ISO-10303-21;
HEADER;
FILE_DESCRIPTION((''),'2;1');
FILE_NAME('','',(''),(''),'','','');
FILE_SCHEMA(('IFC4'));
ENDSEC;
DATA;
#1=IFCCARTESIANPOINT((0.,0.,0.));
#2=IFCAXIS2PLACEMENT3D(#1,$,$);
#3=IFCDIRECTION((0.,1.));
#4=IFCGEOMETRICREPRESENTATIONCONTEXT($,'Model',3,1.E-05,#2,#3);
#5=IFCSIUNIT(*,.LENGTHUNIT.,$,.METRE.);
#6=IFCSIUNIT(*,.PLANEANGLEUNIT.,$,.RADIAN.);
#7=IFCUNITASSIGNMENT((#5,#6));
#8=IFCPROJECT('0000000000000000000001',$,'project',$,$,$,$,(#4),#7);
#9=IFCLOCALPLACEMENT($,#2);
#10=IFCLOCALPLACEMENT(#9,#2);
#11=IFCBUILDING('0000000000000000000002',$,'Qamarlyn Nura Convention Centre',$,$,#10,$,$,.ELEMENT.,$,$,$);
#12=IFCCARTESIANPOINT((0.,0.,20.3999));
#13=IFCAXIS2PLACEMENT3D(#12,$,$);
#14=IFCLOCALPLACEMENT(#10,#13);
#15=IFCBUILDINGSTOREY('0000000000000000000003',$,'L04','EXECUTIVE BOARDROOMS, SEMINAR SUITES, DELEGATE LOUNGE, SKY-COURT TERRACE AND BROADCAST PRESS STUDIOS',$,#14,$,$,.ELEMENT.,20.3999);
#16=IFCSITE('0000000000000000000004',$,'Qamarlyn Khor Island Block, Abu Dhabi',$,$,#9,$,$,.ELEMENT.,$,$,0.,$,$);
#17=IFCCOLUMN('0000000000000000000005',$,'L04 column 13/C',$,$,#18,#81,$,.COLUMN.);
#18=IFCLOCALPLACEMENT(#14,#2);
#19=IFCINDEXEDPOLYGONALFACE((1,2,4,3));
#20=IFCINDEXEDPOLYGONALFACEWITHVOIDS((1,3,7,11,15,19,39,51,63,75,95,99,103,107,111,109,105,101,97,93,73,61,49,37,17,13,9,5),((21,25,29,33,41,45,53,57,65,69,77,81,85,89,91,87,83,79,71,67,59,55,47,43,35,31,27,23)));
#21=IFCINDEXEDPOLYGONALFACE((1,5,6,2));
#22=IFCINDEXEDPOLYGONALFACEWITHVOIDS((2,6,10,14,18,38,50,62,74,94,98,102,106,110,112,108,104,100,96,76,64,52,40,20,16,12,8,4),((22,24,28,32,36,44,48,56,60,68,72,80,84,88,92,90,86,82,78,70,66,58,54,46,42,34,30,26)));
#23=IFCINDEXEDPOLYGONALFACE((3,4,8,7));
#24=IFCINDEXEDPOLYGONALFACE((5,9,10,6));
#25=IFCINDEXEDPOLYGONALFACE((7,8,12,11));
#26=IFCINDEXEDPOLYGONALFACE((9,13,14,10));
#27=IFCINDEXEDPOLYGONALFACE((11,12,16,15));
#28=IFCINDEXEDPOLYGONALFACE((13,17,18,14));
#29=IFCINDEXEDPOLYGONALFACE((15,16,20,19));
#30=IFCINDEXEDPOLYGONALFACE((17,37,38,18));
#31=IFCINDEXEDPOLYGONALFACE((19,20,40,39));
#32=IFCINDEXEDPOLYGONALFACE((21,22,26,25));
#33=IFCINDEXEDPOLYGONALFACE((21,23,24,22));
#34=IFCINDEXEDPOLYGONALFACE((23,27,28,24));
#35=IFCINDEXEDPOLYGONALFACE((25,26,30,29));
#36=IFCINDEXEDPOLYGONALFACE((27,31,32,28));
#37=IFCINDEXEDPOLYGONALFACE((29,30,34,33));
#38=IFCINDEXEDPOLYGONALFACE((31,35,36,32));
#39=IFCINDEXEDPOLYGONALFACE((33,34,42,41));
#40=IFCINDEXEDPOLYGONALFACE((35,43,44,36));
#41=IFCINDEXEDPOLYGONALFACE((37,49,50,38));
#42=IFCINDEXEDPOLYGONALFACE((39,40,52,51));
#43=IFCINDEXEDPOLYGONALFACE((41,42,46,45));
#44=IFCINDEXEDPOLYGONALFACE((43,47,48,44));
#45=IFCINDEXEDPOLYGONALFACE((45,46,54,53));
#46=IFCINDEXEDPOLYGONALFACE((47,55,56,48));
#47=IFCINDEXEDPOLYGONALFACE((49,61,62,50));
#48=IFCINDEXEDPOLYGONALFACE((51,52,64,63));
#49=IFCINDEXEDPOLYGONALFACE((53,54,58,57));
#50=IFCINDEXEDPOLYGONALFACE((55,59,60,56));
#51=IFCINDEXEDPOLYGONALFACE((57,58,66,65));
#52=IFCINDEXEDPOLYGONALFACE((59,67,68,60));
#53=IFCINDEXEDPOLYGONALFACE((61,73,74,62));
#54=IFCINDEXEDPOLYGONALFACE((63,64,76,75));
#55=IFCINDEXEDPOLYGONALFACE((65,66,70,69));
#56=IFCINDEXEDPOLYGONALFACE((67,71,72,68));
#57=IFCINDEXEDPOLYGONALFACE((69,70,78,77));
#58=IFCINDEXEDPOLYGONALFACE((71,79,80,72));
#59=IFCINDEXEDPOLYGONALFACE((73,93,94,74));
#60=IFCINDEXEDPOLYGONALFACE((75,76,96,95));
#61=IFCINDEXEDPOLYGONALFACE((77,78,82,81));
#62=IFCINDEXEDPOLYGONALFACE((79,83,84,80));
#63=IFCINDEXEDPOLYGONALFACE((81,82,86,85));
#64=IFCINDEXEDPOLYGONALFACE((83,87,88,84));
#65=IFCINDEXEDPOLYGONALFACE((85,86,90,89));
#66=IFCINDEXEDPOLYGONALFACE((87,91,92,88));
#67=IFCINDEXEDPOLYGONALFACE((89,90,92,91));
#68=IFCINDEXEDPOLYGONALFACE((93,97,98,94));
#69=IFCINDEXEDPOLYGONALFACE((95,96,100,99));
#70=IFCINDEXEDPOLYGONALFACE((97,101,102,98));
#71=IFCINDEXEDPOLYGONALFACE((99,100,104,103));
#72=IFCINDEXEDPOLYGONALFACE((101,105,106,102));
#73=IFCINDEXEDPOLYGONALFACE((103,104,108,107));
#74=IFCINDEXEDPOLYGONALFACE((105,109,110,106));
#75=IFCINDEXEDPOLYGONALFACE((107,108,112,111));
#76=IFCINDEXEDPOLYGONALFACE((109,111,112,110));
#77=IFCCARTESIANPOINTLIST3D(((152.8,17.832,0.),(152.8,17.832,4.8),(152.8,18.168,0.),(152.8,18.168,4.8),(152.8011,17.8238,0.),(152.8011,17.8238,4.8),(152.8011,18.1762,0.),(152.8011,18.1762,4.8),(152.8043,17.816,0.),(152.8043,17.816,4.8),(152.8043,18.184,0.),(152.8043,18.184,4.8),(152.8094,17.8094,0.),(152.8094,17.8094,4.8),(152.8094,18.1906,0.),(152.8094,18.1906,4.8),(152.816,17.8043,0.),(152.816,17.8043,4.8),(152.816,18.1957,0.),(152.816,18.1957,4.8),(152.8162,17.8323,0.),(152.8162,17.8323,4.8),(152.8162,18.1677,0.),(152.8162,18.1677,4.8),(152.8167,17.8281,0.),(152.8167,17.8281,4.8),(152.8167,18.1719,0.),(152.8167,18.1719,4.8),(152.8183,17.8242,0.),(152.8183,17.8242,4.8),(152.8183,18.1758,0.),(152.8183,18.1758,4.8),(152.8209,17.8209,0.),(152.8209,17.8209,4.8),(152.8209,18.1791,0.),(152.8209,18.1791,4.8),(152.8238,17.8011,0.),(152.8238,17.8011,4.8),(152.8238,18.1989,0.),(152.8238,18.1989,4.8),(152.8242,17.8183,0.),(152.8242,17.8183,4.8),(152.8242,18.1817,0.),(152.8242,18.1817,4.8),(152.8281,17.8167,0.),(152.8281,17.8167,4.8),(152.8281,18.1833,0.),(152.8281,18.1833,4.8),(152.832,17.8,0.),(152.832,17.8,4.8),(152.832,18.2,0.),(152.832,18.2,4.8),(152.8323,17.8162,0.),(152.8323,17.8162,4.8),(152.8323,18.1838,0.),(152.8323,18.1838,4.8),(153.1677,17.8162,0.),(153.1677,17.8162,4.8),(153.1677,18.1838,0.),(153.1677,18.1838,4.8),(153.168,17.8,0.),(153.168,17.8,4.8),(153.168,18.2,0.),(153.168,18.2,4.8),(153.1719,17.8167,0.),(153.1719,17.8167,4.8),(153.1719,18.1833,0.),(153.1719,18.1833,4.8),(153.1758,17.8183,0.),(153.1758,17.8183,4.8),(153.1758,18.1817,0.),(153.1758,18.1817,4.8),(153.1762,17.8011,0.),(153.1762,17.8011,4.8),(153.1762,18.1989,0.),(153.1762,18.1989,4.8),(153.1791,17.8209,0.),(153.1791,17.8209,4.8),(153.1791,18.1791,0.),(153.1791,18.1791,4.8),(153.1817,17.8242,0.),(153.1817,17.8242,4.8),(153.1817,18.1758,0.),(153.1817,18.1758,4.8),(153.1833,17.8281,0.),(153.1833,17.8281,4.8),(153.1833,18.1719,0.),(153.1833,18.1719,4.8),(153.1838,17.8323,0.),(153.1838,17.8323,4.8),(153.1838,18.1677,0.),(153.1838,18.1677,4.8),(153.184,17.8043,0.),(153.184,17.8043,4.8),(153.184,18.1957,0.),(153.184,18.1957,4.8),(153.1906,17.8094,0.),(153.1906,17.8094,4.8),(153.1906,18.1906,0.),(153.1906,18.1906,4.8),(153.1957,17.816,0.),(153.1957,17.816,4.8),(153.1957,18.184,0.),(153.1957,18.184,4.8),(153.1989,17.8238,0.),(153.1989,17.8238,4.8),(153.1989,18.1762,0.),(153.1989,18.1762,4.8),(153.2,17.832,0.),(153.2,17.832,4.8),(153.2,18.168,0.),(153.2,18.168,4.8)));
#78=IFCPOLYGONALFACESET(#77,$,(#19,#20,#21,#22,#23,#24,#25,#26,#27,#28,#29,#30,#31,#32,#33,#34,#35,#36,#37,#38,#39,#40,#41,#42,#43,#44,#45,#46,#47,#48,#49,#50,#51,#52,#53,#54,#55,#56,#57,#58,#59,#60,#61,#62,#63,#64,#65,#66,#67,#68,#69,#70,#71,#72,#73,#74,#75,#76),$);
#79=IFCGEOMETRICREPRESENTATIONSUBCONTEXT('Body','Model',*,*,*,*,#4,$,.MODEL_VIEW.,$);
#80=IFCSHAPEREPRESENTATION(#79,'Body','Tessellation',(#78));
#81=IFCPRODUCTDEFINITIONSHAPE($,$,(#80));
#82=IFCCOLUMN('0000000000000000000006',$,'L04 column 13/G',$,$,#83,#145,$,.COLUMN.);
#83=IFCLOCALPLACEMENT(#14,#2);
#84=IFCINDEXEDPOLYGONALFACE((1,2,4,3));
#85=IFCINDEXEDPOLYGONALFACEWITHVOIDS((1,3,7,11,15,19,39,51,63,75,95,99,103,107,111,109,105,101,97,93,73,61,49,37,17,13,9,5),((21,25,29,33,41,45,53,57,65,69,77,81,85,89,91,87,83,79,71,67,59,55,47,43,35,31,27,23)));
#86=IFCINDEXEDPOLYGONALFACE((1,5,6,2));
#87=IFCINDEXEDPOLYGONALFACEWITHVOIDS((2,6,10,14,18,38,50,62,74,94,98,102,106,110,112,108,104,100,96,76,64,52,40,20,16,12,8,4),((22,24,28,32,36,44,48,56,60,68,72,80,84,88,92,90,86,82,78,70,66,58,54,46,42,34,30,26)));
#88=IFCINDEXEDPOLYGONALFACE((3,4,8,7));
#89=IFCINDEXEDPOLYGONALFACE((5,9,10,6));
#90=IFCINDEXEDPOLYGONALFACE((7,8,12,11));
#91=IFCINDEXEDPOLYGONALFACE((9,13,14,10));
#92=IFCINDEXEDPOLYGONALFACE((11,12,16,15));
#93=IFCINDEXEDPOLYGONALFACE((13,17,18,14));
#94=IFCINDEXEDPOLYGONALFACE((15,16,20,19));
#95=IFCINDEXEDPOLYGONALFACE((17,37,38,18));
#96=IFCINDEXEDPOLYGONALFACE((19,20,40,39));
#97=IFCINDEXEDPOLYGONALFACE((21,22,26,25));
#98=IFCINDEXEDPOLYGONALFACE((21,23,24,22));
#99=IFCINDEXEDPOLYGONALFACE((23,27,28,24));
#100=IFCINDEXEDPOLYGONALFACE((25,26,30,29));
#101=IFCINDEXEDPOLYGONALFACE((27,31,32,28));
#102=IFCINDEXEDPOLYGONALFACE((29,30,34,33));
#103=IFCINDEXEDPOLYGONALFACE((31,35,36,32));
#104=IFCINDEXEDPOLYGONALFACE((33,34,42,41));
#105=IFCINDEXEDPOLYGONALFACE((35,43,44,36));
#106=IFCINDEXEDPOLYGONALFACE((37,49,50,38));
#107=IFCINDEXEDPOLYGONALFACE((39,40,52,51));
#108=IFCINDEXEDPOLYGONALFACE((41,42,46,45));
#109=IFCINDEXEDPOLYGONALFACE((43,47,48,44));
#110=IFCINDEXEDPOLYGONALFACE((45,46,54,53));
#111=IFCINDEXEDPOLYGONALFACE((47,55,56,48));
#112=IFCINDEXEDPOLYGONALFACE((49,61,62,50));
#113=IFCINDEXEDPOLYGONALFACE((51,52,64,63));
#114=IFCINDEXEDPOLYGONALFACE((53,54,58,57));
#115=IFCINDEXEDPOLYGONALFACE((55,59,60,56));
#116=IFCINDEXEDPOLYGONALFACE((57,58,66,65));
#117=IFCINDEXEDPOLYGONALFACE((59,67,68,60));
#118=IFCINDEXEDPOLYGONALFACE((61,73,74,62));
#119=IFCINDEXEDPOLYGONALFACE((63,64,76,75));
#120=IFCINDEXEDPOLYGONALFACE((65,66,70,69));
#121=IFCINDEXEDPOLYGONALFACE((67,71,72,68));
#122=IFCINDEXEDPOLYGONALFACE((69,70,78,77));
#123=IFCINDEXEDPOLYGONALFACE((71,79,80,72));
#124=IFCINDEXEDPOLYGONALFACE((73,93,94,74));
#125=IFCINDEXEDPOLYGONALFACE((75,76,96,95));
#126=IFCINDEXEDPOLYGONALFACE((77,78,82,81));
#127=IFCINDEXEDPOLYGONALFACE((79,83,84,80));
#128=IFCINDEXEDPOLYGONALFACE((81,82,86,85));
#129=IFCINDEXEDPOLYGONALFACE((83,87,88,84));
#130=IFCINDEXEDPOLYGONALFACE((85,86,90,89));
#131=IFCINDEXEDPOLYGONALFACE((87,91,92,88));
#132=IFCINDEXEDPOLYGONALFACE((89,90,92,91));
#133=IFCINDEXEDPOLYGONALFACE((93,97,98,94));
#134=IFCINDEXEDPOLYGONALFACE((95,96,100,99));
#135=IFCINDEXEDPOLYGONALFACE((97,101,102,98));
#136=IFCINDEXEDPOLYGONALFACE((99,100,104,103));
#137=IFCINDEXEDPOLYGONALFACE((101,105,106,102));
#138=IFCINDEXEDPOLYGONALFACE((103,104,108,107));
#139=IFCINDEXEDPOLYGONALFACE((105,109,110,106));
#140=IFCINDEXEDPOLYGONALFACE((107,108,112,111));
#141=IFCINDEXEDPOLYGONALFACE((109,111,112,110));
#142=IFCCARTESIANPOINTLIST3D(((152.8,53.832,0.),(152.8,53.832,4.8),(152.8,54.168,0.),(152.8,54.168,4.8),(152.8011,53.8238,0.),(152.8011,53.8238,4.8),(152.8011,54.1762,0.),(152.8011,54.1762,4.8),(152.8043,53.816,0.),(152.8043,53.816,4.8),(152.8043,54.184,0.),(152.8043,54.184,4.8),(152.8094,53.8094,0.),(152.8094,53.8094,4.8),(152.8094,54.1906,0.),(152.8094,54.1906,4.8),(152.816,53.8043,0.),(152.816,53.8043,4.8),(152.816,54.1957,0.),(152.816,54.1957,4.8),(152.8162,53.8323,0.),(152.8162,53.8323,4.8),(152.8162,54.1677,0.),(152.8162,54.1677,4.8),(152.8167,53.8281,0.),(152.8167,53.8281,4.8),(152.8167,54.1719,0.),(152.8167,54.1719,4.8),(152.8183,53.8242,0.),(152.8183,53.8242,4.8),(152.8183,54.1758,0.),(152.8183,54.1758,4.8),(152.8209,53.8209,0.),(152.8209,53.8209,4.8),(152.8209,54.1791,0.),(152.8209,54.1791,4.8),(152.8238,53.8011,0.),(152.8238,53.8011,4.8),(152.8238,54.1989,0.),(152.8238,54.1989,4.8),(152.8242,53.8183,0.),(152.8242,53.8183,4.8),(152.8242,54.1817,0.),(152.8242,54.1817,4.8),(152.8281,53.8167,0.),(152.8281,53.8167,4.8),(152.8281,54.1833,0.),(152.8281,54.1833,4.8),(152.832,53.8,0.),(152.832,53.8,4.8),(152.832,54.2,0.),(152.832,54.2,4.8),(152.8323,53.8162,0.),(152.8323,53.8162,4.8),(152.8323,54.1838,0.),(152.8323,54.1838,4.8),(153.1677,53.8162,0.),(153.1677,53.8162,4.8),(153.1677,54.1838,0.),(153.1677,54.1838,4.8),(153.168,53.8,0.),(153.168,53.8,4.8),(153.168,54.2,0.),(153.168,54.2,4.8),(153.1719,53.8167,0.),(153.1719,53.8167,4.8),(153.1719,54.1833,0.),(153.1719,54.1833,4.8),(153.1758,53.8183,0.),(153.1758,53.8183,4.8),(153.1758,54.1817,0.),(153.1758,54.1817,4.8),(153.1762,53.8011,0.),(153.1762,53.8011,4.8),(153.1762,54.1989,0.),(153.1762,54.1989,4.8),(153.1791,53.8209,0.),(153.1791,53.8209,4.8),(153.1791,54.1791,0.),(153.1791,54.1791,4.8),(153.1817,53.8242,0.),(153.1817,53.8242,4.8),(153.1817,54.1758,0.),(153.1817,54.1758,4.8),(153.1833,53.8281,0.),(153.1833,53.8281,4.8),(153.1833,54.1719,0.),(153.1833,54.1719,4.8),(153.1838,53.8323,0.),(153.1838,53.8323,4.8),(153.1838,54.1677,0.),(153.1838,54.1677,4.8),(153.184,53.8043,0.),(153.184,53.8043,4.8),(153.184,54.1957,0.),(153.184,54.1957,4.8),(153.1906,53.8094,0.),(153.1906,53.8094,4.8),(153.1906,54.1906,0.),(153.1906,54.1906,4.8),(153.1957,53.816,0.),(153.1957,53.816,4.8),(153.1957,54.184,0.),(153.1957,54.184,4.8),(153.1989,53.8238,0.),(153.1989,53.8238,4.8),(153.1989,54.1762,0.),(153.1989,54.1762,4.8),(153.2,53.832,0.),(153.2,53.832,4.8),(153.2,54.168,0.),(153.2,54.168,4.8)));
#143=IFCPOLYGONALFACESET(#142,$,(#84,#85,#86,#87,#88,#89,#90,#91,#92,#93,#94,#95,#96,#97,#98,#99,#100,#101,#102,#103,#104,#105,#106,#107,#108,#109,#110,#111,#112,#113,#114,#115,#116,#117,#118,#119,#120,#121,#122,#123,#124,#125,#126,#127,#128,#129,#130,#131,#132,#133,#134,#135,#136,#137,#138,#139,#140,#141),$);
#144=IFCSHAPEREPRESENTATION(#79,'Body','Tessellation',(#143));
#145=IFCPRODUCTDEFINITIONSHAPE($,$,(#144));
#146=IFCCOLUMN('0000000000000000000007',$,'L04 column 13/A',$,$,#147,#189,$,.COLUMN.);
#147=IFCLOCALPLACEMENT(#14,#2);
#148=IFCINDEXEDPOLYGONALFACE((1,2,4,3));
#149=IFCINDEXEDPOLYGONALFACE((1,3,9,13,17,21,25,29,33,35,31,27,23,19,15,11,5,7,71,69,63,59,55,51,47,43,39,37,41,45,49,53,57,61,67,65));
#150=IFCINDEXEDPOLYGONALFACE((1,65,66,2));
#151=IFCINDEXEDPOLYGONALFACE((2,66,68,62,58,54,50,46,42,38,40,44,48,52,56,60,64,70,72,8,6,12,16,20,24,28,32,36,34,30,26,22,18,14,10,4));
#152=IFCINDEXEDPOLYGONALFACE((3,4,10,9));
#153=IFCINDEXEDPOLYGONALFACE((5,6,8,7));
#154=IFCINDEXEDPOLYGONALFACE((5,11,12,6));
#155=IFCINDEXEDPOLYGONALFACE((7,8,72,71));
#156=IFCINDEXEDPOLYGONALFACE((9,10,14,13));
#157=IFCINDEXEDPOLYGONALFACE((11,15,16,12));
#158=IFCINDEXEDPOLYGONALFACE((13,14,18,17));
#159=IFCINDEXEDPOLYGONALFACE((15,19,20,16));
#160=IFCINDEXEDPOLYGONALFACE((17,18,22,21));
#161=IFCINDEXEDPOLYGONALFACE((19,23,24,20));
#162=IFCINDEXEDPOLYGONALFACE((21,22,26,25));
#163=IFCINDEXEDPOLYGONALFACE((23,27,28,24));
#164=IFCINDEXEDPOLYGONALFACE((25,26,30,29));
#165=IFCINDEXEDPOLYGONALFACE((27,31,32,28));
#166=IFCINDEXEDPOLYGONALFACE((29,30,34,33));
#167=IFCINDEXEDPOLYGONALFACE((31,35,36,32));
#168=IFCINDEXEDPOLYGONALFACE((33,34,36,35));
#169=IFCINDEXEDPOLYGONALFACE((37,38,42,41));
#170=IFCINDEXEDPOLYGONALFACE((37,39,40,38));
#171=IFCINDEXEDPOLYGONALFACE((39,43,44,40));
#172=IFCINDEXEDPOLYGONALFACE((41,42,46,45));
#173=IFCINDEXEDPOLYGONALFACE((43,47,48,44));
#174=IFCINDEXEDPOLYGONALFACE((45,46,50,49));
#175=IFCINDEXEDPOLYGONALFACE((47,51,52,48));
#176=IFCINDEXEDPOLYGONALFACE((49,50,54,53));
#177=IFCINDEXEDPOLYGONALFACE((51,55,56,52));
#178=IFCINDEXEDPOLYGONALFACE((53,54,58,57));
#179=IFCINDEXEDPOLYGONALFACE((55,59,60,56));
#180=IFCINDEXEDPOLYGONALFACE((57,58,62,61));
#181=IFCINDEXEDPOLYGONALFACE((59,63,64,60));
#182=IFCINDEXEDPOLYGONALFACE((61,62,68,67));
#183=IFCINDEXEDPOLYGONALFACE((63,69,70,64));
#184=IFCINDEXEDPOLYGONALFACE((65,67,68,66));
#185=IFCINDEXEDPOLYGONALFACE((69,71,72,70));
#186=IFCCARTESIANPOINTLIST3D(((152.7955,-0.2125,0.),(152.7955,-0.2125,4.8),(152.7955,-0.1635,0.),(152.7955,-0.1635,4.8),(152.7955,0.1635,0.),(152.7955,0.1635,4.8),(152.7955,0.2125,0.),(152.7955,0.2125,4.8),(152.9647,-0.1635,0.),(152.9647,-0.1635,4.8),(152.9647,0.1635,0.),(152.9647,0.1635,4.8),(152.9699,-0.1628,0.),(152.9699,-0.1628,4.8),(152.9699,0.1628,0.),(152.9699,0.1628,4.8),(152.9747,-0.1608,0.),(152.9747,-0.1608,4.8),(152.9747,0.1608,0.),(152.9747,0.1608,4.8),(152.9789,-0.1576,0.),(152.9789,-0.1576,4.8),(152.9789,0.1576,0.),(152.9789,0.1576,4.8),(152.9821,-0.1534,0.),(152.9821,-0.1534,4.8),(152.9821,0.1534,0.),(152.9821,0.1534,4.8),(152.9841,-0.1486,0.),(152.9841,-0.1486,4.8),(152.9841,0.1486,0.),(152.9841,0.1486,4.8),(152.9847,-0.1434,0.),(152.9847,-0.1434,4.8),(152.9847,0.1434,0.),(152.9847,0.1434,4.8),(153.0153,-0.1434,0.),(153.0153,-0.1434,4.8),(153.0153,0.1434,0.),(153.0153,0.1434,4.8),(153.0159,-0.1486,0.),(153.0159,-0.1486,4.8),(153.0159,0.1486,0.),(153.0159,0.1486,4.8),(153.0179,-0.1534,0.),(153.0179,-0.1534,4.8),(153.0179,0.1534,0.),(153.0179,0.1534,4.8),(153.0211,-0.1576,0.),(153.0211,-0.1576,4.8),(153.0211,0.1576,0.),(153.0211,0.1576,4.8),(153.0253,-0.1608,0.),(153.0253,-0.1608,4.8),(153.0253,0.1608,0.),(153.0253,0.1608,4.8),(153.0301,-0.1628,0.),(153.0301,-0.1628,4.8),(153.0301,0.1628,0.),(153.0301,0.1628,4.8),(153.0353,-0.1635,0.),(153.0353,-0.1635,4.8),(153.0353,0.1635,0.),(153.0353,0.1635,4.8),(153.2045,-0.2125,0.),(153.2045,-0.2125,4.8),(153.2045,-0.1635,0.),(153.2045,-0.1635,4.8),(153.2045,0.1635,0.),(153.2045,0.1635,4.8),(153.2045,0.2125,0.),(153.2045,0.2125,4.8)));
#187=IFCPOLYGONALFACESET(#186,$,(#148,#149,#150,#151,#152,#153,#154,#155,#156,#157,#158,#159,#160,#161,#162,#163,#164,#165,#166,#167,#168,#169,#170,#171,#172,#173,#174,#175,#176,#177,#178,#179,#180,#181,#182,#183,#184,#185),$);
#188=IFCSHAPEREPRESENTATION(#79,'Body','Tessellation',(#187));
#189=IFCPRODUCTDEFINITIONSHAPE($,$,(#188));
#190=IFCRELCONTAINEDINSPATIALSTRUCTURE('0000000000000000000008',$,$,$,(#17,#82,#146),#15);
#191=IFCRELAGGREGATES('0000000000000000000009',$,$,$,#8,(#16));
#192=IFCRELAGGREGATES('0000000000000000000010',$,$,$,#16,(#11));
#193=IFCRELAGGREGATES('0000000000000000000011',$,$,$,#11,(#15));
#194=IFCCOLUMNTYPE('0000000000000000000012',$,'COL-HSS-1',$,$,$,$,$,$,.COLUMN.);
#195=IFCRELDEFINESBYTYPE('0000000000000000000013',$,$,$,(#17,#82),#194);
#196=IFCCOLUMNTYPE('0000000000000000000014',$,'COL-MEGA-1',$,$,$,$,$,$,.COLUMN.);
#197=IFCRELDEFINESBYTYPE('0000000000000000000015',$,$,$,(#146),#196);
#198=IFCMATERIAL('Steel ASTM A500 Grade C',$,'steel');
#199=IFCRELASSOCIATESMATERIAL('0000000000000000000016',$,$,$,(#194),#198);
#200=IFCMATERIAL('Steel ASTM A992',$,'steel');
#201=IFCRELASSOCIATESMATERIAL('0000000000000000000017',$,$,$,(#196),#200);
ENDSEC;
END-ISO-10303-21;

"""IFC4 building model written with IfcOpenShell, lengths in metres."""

from ifc_helpers import new_model, si_unit, direction, frame, origin, origin_2d, place, context, subcontext, project, spatial, hollow_rectangle, i_section, extrude, material, material_profile, profile_set, type_object, element, save


model = new_model("IFC4")

# Units and contexts
model_context = context("Model", 3, precision=1e-05, world=origin(), true_north=direction((0.0, 1.0)))
body_context = subcontext(model_context, "Body", "Model", "MODEL_VIEW")
ifc_project = project(units=[si_unit("LENGTHUNIT", "METRE"), si_unit("PLANEANGLEUNIT", "RADIAN")], contexts=[model_context])

# Site, building, storey
site_placement = place(None, origin())
site = spatial("IfcSite", under=ifc_project, at=site_placement, Name="Qamarlyn Khor Island Block, Abu Dhabi", CompositionType="ELEMENT", RefElevation=0.0)
building_placement = place(site_placement, origin())
building = spatial("IfcBuilding", under=site, at=building_placement, Name="Qamarlyn Nura Convention Centre", CompositionType="ELEMENT")
storey_placement = place(building_placement, frame((0.0, 0.0, 20.3999)))
storey = spatial("IfcBuildingStorey", under=building, at=storey_placement, Name="L04", Description="EXECUTIVE BOARDROOMS, SEMINAR SUITES, DELEGATE LOUNGE, SKY-COURT TERRACE AND BROADCAST PRESS STUDIOS", CompositionType="ELEMENT", Elevation=20.3999)

# Columns
ifc_material_1 = material(Name="Steel ASTM A500 Grade C", Category="steel")
ifc_material_profile_1 = material_profile(ifc_material_1, hollow_rectangle(XDim=0.3999, YDim=0.3999, WallThickness=0.0161, InnerFilletRadius=0.0161, OuterFilletRadius=0.032, at=origin_2d()), Name="HSS400X400X16")
ifc_profile_set_1 = profile_set([ifc_material_profile_1], Name="Steel ASTM A500 Grade C")
column_type_1 = type_object("IfcColumnType", Name="COL-HSS-1", PredefinedType="COLUMN", material=ifc_profile_set_1)
for number, where, z_axis, x_axis, name in (
    (1, (153.0, 18.0, 0.0), (0.0, 0.0, 1.0), (1.0, 0.0, 0.0), "L04 column 13/C"),
    (2, (153.0, 54.0, 0.0), (0.0, 0.0, 1.0), (1.0, 0.0, 0.0), "L04 column 13/G"),
):
    element("IfcColumn", number, at=place(storey_placement, frame(where, z_axis=z_axis, x_axis=x_axis)), inside=storey, type_object=column_type_1, Name=name, PredefinedType="COLUMN", context=body_context, shape_type="SweptSolid", body=[
        extrude(hollow_rectangle(XDim=0.3999, YDim=0.3999, WallThickness=0.0161, InnerFilletRadius=0.0161, OuterFilletRadius=0.032, at=origin_2d()), origin(), (0.0, 0.0, 1.0), 4.8),
    ])
ifc_material_2 = material(Name="Steel ASTM A992", Category="steel")
ifc_material_profile_2 = material_profile(ifc_material_2, i_section(OverallWidth=0.4089, OverallDepth=0.425, WebThickness=0.0305, FlangeThickness=0.0491, FilletRadius=0.02, at=origin_2d()), Name="W360X421")
ifc_profile_set_2 = profile_set([ifc_material_profile_2], Name="Steel ASTM A992")
column_type_2 = type_object("IfcColumnType", Name="COL-MEGA-1", PredefinedType="COLUMN", material=ifc_profile_set_2)
for number, where, z_axis, x_axis, name in (
    (3, (153.0, 0.0, 0.0), (0.0, 0.0, 1.0), (1.0, 0.0, 0.0), "L04 column 13/A"),
):
    element("IfcColumn", number, at=place(storey_placement, frame(where, z_axis=z_axis, x_axis=x_axis)), inside=storey, type_object=column_type_2, Name=name, PredefinedType="COLUMN", context=body_context, shape_type="SweptSolid", body=[
        extrude(i_section(OverallWidth=0.4089, OverallDepth=0.425, WebThickness=0.0305, FlangeThickness=0.0491, FilletRadius=0.02, at=origin_2d()), origin(), (0.0, 0.0, 1.0), 4.8),
    ])

save(model, "model.ifc")
